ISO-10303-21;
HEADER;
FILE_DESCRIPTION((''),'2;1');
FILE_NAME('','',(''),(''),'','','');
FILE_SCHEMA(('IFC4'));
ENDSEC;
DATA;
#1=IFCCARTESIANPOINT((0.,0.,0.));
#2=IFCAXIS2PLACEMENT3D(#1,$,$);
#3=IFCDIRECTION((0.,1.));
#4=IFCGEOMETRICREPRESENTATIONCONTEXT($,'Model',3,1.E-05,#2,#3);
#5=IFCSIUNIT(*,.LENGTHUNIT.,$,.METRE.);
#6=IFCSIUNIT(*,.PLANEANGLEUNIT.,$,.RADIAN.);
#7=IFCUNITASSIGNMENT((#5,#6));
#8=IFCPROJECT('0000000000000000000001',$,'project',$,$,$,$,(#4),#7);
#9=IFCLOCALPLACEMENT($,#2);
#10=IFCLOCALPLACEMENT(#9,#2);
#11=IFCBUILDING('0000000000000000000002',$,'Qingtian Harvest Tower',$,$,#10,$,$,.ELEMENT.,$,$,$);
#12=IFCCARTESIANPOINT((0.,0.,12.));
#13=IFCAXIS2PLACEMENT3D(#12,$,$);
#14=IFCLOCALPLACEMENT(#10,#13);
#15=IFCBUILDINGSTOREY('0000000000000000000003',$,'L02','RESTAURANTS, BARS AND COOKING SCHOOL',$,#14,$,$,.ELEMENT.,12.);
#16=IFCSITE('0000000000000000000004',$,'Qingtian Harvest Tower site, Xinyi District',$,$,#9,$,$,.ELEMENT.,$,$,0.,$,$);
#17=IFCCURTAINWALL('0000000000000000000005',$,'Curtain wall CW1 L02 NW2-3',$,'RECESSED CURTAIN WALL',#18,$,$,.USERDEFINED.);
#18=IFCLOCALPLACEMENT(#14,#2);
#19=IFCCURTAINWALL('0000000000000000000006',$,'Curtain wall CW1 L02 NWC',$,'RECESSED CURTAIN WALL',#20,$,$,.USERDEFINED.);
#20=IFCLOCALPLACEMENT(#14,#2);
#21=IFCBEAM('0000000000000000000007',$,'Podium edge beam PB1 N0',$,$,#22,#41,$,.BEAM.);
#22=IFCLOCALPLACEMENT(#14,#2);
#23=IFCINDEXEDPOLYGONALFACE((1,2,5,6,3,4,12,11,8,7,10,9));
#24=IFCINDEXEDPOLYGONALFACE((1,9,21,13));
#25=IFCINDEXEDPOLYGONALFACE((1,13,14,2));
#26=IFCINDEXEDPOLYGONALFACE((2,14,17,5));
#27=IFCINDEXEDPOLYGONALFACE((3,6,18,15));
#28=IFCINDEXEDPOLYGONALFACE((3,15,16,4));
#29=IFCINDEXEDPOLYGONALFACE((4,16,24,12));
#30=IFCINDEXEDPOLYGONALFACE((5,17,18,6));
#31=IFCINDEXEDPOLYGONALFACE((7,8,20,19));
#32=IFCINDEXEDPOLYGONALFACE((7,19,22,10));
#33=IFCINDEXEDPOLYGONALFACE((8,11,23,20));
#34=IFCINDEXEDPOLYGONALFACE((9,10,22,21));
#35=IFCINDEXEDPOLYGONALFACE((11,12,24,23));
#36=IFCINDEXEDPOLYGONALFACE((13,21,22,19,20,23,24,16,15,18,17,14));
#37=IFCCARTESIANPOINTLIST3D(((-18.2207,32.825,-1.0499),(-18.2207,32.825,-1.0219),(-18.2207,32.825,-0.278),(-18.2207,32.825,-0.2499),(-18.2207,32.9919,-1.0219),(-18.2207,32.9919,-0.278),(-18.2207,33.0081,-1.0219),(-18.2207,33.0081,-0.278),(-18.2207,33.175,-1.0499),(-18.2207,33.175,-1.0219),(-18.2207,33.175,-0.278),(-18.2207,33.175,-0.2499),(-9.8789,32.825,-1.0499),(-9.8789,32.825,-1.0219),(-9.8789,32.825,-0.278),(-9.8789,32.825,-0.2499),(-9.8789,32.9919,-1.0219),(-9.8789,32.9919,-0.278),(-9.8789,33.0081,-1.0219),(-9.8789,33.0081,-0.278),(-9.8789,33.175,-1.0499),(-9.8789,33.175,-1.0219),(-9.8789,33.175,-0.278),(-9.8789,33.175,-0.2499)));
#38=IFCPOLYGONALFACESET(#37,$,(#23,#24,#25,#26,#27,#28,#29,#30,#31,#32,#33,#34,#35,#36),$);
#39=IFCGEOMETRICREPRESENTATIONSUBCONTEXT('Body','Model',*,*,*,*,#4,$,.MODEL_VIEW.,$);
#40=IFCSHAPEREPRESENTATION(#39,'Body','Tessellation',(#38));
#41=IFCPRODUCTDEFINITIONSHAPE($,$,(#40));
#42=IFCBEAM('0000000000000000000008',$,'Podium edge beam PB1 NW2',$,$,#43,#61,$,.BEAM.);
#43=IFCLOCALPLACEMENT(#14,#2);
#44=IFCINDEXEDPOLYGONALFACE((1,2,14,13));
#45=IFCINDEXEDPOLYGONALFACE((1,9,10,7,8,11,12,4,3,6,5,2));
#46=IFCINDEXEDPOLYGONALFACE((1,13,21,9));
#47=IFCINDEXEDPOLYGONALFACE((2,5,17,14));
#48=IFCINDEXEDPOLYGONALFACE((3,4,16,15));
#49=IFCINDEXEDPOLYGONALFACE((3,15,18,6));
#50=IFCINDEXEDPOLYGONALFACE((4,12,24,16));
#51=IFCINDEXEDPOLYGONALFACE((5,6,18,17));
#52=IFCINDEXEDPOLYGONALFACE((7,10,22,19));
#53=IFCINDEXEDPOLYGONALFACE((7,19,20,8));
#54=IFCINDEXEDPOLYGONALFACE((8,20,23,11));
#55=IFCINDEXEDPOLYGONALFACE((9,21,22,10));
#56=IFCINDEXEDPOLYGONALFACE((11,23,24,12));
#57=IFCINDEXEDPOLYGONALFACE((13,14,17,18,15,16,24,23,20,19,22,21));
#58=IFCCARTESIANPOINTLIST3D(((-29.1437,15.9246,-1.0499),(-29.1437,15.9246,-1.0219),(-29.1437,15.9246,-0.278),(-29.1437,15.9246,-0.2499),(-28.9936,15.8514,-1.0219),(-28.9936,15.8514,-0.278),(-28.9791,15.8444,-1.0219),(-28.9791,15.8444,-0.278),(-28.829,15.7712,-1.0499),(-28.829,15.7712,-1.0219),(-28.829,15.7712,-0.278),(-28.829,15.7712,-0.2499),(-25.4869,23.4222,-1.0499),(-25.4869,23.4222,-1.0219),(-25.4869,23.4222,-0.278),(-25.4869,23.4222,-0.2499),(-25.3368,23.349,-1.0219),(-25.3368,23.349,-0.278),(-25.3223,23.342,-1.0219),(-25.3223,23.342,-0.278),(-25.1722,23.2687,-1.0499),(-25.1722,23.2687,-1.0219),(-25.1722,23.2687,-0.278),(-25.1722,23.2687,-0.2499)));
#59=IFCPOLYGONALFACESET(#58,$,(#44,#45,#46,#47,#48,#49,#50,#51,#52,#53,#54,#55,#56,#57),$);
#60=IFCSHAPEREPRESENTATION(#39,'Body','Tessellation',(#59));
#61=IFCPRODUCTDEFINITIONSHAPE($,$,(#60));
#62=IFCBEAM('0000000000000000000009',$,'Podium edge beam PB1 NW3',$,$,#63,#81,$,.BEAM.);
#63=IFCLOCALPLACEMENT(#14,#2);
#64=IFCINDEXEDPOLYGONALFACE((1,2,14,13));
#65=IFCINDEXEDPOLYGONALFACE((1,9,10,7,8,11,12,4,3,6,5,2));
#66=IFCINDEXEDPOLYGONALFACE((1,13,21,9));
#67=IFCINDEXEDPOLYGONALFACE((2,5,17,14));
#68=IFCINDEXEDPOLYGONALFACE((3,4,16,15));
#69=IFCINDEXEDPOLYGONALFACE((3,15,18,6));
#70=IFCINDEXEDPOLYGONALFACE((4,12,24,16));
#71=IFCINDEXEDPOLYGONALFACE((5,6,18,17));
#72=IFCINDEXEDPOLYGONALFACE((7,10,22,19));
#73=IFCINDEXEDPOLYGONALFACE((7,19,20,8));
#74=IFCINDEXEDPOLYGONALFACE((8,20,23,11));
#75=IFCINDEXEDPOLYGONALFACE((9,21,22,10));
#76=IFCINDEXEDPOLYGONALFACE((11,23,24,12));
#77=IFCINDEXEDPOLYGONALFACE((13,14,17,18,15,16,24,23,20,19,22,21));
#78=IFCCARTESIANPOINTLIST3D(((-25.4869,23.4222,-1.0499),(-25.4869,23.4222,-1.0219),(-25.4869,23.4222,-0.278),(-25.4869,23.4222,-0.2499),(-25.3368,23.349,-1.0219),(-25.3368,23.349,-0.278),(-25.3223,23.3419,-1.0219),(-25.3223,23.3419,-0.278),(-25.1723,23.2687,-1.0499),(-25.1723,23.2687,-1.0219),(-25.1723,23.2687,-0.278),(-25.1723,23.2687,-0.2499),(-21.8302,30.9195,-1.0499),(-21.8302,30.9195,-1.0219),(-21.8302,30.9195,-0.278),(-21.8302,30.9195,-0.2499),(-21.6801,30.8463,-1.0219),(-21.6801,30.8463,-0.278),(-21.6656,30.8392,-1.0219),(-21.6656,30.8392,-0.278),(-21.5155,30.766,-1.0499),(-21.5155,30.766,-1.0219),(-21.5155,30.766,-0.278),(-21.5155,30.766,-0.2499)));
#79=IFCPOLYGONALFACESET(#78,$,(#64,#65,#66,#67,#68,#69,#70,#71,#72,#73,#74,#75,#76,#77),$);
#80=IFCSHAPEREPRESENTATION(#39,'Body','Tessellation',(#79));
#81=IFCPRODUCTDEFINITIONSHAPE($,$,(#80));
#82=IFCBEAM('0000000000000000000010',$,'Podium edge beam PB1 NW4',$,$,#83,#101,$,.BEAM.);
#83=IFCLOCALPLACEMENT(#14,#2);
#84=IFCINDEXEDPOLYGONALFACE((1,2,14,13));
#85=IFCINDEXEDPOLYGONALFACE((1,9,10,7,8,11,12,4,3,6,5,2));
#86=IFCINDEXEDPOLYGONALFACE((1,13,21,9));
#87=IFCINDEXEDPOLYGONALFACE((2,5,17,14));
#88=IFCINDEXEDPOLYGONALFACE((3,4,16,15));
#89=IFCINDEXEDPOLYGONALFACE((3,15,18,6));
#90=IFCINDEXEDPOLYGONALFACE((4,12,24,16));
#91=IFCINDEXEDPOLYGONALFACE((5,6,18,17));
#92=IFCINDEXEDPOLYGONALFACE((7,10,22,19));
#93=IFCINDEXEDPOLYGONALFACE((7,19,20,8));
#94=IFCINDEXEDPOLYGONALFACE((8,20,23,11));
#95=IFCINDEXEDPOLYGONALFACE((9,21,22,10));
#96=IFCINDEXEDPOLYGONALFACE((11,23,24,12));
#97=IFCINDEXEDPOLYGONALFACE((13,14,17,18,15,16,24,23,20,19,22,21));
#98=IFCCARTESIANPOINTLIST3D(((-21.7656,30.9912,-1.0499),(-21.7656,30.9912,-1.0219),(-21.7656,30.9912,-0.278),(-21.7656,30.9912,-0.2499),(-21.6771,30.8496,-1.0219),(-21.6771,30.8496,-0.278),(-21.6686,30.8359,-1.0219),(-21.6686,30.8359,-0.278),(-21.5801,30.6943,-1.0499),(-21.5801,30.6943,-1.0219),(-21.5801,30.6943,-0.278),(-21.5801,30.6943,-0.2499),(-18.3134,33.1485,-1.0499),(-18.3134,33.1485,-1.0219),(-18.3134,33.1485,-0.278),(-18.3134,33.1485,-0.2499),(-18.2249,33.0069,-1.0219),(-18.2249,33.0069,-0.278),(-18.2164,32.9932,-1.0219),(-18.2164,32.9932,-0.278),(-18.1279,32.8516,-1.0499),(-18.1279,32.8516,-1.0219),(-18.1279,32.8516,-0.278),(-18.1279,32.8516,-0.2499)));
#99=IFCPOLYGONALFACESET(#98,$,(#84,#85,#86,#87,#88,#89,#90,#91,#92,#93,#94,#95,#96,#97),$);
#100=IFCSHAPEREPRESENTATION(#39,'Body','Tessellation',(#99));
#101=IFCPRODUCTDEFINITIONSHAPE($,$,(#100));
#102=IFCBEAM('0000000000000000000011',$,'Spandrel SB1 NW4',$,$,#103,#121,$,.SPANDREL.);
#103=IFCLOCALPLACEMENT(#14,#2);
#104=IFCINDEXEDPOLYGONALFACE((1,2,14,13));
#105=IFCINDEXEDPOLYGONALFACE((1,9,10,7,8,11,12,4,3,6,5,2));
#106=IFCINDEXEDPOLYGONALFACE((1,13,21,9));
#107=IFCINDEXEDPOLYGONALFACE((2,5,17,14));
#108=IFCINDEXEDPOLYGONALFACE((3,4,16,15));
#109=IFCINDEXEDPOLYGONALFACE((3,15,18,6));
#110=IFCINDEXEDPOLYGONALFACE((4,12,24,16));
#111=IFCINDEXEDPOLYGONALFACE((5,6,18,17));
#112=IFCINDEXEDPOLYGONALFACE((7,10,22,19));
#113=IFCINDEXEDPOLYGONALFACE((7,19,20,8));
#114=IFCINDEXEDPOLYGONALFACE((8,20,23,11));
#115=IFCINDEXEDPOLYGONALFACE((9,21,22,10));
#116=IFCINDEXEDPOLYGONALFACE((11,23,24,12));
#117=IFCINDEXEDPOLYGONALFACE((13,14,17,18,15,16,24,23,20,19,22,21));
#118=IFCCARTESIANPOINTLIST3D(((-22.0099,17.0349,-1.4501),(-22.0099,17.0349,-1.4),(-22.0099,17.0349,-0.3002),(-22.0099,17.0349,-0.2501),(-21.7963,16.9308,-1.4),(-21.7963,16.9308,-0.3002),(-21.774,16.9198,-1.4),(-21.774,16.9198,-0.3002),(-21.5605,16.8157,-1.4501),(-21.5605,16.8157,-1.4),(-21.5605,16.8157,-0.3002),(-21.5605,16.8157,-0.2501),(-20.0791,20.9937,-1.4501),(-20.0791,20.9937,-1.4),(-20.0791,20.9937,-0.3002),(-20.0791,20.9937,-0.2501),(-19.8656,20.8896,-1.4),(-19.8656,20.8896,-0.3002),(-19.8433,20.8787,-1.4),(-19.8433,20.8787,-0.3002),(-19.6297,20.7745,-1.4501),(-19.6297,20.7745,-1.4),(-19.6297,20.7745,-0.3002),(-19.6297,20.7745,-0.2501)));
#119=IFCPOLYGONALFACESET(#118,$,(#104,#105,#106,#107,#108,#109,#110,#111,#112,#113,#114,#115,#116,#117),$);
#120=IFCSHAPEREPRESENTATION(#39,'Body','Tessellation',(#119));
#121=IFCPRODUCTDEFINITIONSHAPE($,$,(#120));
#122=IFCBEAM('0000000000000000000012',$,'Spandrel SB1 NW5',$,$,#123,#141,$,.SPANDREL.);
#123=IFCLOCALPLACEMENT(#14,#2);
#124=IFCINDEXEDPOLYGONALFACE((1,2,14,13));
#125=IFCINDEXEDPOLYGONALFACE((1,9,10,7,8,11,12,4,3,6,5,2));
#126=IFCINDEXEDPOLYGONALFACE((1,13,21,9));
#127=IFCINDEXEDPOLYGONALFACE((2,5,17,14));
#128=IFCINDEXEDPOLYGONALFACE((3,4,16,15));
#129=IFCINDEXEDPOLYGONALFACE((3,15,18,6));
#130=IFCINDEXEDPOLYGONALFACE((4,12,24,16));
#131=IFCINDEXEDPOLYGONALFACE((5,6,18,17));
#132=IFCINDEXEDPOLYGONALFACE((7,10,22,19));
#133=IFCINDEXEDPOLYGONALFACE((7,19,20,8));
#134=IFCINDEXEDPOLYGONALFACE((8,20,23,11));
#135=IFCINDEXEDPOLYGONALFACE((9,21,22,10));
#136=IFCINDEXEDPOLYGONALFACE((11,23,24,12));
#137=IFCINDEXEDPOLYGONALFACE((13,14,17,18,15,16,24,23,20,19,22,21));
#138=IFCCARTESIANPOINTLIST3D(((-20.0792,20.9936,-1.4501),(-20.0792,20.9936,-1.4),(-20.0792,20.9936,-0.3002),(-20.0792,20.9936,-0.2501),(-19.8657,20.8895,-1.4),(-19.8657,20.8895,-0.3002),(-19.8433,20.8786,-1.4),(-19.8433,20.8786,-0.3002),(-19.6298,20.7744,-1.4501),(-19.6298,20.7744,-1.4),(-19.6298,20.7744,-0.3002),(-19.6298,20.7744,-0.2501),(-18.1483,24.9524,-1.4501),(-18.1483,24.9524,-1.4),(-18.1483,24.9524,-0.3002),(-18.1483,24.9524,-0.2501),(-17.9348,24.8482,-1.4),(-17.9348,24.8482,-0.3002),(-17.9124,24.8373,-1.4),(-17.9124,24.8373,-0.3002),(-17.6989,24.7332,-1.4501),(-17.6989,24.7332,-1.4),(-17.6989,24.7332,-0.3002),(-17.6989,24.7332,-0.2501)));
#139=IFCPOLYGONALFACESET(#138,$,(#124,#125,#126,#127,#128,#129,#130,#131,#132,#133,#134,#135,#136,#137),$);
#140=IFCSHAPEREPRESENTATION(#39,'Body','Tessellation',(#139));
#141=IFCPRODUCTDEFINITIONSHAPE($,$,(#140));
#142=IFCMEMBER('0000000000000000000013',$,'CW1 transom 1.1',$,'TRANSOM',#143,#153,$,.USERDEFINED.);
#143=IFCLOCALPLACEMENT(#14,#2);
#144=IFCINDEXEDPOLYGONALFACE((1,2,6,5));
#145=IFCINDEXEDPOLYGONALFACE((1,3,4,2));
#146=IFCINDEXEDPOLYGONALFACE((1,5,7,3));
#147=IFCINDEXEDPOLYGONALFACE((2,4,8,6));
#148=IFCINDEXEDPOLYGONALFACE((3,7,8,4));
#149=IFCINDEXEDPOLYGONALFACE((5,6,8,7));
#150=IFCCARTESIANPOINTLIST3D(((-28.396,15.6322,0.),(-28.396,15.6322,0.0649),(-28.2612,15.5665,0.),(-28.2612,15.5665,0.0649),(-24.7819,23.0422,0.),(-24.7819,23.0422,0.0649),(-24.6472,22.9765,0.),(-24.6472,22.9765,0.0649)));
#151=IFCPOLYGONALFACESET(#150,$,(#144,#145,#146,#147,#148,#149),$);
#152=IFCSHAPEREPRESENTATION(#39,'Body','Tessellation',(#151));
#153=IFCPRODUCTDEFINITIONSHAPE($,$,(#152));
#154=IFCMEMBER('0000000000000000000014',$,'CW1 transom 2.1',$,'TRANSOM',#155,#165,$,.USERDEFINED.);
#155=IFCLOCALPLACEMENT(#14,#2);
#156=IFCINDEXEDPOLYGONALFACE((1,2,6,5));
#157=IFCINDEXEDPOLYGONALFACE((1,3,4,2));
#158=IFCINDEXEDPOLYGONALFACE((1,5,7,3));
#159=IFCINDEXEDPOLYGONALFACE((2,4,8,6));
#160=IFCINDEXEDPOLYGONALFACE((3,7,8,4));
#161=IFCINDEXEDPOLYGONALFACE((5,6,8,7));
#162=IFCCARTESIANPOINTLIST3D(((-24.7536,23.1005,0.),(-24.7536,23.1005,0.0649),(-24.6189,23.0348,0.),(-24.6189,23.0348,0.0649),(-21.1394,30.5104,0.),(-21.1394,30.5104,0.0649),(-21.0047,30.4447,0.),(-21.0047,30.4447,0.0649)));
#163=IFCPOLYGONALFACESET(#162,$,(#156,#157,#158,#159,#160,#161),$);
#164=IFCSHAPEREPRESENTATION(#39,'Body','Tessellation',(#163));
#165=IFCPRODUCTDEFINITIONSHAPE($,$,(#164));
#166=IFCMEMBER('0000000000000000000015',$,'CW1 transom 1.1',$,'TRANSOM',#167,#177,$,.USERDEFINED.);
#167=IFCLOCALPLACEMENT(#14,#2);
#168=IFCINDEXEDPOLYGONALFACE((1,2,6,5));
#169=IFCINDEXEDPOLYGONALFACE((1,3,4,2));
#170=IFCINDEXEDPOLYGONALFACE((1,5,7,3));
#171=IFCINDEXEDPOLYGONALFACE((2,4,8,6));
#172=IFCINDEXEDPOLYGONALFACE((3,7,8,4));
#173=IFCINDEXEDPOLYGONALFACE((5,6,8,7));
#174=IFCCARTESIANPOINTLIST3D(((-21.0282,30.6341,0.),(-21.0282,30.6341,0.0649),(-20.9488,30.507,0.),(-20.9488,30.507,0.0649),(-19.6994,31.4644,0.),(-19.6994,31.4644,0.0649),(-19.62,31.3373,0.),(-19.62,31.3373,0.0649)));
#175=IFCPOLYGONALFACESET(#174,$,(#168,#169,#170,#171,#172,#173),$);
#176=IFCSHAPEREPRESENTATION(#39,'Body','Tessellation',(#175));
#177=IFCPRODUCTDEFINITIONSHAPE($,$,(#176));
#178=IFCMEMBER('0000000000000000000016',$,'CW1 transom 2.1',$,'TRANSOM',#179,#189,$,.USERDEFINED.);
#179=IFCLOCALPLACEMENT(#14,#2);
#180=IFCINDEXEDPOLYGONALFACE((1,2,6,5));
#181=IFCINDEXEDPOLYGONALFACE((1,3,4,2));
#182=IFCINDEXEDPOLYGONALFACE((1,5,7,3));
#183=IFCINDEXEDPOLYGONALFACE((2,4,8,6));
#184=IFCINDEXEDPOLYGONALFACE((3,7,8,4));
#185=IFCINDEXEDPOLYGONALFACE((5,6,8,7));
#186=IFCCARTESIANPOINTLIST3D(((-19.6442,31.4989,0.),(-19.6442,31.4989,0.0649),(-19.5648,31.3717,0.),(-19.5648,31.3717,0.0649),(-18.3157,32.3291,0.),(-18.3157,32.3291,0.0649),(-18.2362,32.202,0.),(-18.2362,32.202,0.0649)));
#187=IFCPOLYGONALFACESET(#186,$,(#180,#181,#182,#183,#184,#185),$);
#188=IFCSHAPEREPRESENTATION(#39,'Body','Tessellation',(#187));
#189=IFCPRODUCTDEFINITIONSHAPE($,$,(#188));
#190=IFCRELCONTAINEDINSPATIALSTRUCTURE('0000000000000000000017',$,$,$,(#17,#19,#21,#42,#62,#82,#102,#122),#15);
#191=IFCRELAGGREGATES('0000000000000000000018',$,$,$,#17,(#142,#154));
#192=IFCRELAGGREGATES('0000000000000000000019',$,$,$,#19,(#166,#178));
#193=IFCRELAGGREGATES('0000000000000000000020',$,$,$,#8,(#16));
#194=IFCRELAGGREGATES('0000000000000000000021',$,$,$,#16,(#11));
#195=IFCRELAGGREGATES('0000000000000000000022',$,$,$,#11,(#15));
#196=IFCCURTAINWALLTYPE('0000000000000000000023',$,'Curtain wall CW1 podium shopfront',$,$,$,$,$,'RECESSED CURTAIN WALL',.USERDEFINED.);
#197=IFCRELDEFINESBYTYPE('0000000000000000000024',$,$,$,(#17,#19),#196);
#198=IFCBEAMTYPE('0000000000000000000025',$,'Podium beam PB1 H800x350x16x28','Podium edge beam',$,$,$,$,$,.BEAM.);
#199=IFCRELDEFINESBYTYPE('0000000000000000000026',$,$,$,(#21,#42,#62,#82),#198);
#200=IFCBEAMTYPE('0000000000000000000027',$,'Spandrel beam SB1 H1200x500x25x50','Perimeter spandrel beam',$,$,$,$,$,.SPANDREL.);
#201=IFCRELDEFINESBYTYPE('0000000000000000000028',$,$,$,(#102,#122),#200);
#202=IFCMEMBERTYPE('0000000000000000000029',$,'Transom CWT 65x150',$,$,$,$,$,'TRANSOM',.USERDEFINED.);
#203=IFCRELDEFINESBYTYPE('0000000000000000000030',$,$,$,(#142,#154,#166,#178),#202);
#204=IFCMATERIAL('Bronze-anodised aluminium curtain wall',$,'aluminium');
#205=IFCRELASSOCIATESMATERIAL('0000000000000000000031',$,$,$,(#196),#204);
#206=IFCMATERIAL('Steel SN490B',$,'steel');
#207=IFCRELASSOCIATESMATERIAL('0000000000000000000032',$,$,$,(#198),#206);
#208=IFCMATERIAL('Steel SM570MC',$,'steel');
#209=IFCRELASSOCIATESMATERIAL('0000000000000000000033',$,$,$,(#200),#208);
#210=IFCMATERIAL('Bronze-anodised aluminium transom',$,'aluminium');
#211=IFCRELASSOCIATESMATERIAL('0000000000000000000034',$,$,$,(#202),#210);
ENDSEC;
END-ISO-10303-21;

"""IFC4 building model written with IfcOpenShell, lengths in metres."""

from ifc_helpers import new_model, si_unit, direction, frame, origin, origin_2d, place, context, subcontext, project, spatial, rectangle, i_section, extrude, material, material_profile, profile_set, type_object, element, aggregate, save


model = new_model("IFC4")

# Units and contexts
model_context = context("Model", 3, precision=1e-05, world=origin(), true_north=direction((0.0, 1.0)))
body_context = subcontext(model_context, "Body", "Model", "MODEL_VIEW")
ifc_project = project(units=[si_unit("LENGTHUNIT", "METRE"), si_unit("PLANEANGLEUNIT", "RADIAN")], contexts=[model_context])

# Site, building, storey
site_placement = place(None, origin())
site = spatial("IfcSite", under=ifc_project, at=site_placement, Name="Qingtian Harvest Tower site, Xinyi District", CompositionType="ELEMENT", RefElevation=0.0)
building_placement = place(site_placement, origin())
building = spatial("IfcBuilding", under=site, at=building_placement, Name="Qingtian Harvest Tower", CompositionType="ELEMENT")
storey_placement = place(building_placement, frame((0.0, 0.0, 12.0)))
storey = spatial("IfcBuildingStorey", under=building, at=storey_placement, Name="L02", Description="RESTAURANTS, BARS AND COOKING SCHOOL", CompositionType="ELEMENT", Elevation=12.0)

# Shared definitions
ifc_material_1 = material(Name="Bronze-anodised aluminium curtain wall", Category="aluminium")
curtain_wall_type = type_object("IfcCurtainWallType", Name="Curtain wall CW1 podium shopfront", ElementType="RECESSED CURTAIN WALL", PredefinedType="USERDEFINED", material=ifc_material_1)

# Curtain walls
curtain_wall_1_placement = place(storey_placement, origin())
curtain_wall_1 = element("IfcCurtainWall", 1, at=curtain_wall_1_placement, inside=storey, type_object=curtain_wall_type, Name="Curtain wall CW1 L02 NW2-3", ObjectType="RECESSED CURTAIN WALL", PredefinedType="USERDEFINED")
curtain_wall_2_placement = place(storey_placement, origin())
curtain_wall_2 = element("IfcCurtainWall", 2, at=curtain_wall_2_placement, inside=storey, type_object=curtain_wall_type, Name="Curtain wall CW1 L02 NWC", ObjectType="RECESSED CURTAIN WALL", PredefinedType="USERDEFINED")

# Beams
ifc_material_2 = material(Name="Steel SN490B", Category="steel")
ifc_material_profile_1 = material_profile(ifc_material_2, i_section(OverallWidth=0.3501, OverallDepth=0.8, WebThickness=0.0161, FlangeThickness=0.0281, at=origin_2d()), Name="H800x350x16x28")
ifc_profile_set_1 = profile_set([ifc_material_profile_1], Name="Steel SN490B")
beam_type_1 = type_object("IfcBeamType", Name="Podium beam PB1 H800x350x16x28", Description="Podium edge beam", PredefinedType="BEAM", material=ifc_profile_set_1)
for number, where, z_axis, x_axis, name in (
    (3, (-18.2207, 33.0, -0.6499), (1.0, 0.0, 0.0), (0.0, 1.0, 0.0), "Podium edge beam PB1 N0"),
    (4, (-28.9863, 15.8479, -0.6499), (0.438365, 0.898797, 0.0), (-0.898797, 0.438365, 0.0), "Podium edge beam PB1 NW2"),
):
    element("IfcBeam", number, at=place(storey_placement, frame(where, z_axis=z_axis, x_axis=x_axis)), inside=storey, type_object=beam_type_1, Name=name, PredefinedType="BEAM", context=body_context, shape_type="SweptSolid", body=[
        extrude(i_section(OverallWidth=0.3501, OverallDepth=0.8, WebThickness=0.0161, FlangeThickness=0.0281, at=origin_2d()), origin(), (0.0, 0.0, 1.0), 8.3418),
    ])
beam_1_placement = place(storey_placement, frame((-25.3296, 23.3455, -0.6499), z_axis=(0.438376, 0.898792, 0.0), x_axis=(-0.898792, 0.438376, 0.0)))
element("IfcBeam", 5, at=beam_1_placement, inside=storey, type_object=beam_type_1, Name="Podium edge beam PB1 NW3", PredefinedType="BEAM", context=body_context, shape_type="SweptSolid", body=[
    extrude(i_section(OverallWidth=0.3501, OverallDepth=0.8, WebThickness=0.0161, FlangeThickness=0.0281, at=origin_2d()), origin(), (0.0, 0.0, 1.0), 8.3416),
])
beam_2_placement = place(storey_placement, frame((-21.6729, 30.8428, -0.6499), z_axis=(0.848039, 0.529934, 0.0), x_axis=(-0.529934, 0.848039, 0.0)))
element("IfcBeam", 6, at=beam_2_placement, inside=storey, type_object=beam_type_1, Name="Podium edge beam PB1 NW4", PredefinedType="BEAM", context=body_context, shape_type="SweptSolid", body=[
    extrude(i_section(OverallWidth=0.3501, OverallDepth=0.8, WebThickness=0.0161, FlangeThickness=0.0281, at=origin_2d()), origin(), (0.0, 0.0, 1.0), 4.0708),
])
ifc_material_3 = material(Name="Steel SM570MC", Category="steel")
ifc_material_profile_2 = material_profile(ifc_material_3, i_section(OverallWidth=0.5, OverallDepth=1.2, WebThickness=0.0249, FlangeThickness=0.05, at=origin_2d()), Name="H1200x500x25x50")
ifc_profile_set_2 = profile_set([ifc_material_profile_2], Name="Steel SM570MC")
beam_type_2 = type_object("IfcBeamType", Name="Spandrel beam SB1 H1200x500x25x50", Description="Perimeter spandrel beam", PredefinedType="SPANDREL", material=ifc_profile_set_2)
for number, where, z_axis, x_axis, name in (
    (7, (-21.7852, 16.9253, -0.8501), (0.438345, 0.898807, 0.0), (-0.898807, 0.438345, 0.0), "Spandrel SB1 NW4"),
    (8, (-19.8545, 20.884, -0.8501), (0.43839, 0.898785, 0.0), (-0.898785, 0.43839, 0.0), "Spandrel SB1 NW5"),
):
    element("IfcBeam", number, at=place(storey_placement, frame(where, z_axis=z_axis, x_axis=x_axis)), inside=storey, type_object=beam_type_2, Name=name, PredefinedType="SPANDREL", context=body_context, shape_type="SweptSolid", body=[
        extrude(i_section(OverallWidth=0.5, OverallDepth=1.2, WebThickness=0.0249, FlangeThickness=0.05, at=origin_2d()), origin(), (0.0, 0.0, 1.0), 4.4045),
    ])

# Members
ifc_material_4 = material(Name="Bronze-anodised aluminium transom", Category="aluminium")
ifc_material_profile_3 = material_profile(ifc_material_4, rectangle(XDim=0.1499, YDim=0.0649, at=origin_2d()), Name="AL 65x150")
ifc_profile_set_3 = profile_set([ifc_material_profile_3], Name="Bronze-anodised aluminium transom")
member_type_1 = type_object("IfcMemberType", Name="Transom CWT 65x150", ElementType="TRANSOM", PredefinedType="USERDEFINED", material=ifc_profile_set_3)
member_1_placement = place(storey_placement, frame((-28.3286, 15.5994, 0.0325), z_axis=(0.438367, 0.898796, 0.0), x_axis=(-0.898796, 0.438367, 0.0)))
member_1 = element("IfcMember", 9, at=member_1_placement, type_object=member_type_1, Name="CW1 transom 1.1", ObjectType="TRANSOM", PredefinedType="USERDEFINED", context=body_context, shape_type="SweptSolid", body=[
    extrude(rectangle(XDim=0.1499, YDim=0.0649, at=origin_2d()), origin(), (0.0, 0.0, 1.0), 8.2444),
])
member_2_placement = place(storey_placement, frame((-24.6863, 23.0676, 0.0325), z_axis=(0.438391, 0.898784, 0.0), x_axis=(-0.898784, 0.438391, 0.0)))
member_2 = element("IfcMember", 10, at=member_2_placement, type_object=member_type_1, Name="CW1 transom 2.1", ObjectType="TRANSOM", PredefinedType="USERDEFINED", context=body_context, shape_type="SweptSolid", body=[
    extrude(rectangle(XDim=0.1499, YDim=0.0649, at=origin_2d()), origin(), (0.0, 0.0, 1.0), 8.2444),
])
member_3_placement = place(storey_placement, frame((-20.9885, 30.5706, 0.0325), z_axis=(0.84806, 0.529901, 0.0), x_axis=(-0.529901, 0.84806, 0.0)))
member_3 = element("IfcMember", 11, at=member_3_placement, type_object=member_type_1, Name="CW1 transom 1.1", ObjectType="TRANSOM", PredefinedType="USERDEFINED", context=body_context, shape_type="SweptSolid", body=[
    extrude(rectangle(XDim=0.1499, YDim=0.0649, at=origin_2d()), origin(), (0.0, 0.0, 1.0), 1.5669),
])
member_4_placement = place(storey_placement, frame((-19.6045, 31.4353, 0.0325), z_axis=(0.848016, 0.529971, 0.0), x_axis=(-0.529971, 0.848016, 0.0)))
member_4 = element("IfcMember", 12, at=member_4_placement, type_object=member_type_1, Name="CW1 transom 2.1", ObjectType="TRANSOM", PredefinedType="USERDEFINED", context=body_context, shape_type="SweptSolid", body=[
    extrude(rectangle(XDim=0.1499, YDim=0.0649, at=origin_2d()), origin(), (0.0, 0.0, 1.0), 1.5667),
])

aggregate(curtain_wall_1, [member_1, member_2])
aggregate(curtain_wall_2, [member_3, member_4])

save(model, "model.ifc")
